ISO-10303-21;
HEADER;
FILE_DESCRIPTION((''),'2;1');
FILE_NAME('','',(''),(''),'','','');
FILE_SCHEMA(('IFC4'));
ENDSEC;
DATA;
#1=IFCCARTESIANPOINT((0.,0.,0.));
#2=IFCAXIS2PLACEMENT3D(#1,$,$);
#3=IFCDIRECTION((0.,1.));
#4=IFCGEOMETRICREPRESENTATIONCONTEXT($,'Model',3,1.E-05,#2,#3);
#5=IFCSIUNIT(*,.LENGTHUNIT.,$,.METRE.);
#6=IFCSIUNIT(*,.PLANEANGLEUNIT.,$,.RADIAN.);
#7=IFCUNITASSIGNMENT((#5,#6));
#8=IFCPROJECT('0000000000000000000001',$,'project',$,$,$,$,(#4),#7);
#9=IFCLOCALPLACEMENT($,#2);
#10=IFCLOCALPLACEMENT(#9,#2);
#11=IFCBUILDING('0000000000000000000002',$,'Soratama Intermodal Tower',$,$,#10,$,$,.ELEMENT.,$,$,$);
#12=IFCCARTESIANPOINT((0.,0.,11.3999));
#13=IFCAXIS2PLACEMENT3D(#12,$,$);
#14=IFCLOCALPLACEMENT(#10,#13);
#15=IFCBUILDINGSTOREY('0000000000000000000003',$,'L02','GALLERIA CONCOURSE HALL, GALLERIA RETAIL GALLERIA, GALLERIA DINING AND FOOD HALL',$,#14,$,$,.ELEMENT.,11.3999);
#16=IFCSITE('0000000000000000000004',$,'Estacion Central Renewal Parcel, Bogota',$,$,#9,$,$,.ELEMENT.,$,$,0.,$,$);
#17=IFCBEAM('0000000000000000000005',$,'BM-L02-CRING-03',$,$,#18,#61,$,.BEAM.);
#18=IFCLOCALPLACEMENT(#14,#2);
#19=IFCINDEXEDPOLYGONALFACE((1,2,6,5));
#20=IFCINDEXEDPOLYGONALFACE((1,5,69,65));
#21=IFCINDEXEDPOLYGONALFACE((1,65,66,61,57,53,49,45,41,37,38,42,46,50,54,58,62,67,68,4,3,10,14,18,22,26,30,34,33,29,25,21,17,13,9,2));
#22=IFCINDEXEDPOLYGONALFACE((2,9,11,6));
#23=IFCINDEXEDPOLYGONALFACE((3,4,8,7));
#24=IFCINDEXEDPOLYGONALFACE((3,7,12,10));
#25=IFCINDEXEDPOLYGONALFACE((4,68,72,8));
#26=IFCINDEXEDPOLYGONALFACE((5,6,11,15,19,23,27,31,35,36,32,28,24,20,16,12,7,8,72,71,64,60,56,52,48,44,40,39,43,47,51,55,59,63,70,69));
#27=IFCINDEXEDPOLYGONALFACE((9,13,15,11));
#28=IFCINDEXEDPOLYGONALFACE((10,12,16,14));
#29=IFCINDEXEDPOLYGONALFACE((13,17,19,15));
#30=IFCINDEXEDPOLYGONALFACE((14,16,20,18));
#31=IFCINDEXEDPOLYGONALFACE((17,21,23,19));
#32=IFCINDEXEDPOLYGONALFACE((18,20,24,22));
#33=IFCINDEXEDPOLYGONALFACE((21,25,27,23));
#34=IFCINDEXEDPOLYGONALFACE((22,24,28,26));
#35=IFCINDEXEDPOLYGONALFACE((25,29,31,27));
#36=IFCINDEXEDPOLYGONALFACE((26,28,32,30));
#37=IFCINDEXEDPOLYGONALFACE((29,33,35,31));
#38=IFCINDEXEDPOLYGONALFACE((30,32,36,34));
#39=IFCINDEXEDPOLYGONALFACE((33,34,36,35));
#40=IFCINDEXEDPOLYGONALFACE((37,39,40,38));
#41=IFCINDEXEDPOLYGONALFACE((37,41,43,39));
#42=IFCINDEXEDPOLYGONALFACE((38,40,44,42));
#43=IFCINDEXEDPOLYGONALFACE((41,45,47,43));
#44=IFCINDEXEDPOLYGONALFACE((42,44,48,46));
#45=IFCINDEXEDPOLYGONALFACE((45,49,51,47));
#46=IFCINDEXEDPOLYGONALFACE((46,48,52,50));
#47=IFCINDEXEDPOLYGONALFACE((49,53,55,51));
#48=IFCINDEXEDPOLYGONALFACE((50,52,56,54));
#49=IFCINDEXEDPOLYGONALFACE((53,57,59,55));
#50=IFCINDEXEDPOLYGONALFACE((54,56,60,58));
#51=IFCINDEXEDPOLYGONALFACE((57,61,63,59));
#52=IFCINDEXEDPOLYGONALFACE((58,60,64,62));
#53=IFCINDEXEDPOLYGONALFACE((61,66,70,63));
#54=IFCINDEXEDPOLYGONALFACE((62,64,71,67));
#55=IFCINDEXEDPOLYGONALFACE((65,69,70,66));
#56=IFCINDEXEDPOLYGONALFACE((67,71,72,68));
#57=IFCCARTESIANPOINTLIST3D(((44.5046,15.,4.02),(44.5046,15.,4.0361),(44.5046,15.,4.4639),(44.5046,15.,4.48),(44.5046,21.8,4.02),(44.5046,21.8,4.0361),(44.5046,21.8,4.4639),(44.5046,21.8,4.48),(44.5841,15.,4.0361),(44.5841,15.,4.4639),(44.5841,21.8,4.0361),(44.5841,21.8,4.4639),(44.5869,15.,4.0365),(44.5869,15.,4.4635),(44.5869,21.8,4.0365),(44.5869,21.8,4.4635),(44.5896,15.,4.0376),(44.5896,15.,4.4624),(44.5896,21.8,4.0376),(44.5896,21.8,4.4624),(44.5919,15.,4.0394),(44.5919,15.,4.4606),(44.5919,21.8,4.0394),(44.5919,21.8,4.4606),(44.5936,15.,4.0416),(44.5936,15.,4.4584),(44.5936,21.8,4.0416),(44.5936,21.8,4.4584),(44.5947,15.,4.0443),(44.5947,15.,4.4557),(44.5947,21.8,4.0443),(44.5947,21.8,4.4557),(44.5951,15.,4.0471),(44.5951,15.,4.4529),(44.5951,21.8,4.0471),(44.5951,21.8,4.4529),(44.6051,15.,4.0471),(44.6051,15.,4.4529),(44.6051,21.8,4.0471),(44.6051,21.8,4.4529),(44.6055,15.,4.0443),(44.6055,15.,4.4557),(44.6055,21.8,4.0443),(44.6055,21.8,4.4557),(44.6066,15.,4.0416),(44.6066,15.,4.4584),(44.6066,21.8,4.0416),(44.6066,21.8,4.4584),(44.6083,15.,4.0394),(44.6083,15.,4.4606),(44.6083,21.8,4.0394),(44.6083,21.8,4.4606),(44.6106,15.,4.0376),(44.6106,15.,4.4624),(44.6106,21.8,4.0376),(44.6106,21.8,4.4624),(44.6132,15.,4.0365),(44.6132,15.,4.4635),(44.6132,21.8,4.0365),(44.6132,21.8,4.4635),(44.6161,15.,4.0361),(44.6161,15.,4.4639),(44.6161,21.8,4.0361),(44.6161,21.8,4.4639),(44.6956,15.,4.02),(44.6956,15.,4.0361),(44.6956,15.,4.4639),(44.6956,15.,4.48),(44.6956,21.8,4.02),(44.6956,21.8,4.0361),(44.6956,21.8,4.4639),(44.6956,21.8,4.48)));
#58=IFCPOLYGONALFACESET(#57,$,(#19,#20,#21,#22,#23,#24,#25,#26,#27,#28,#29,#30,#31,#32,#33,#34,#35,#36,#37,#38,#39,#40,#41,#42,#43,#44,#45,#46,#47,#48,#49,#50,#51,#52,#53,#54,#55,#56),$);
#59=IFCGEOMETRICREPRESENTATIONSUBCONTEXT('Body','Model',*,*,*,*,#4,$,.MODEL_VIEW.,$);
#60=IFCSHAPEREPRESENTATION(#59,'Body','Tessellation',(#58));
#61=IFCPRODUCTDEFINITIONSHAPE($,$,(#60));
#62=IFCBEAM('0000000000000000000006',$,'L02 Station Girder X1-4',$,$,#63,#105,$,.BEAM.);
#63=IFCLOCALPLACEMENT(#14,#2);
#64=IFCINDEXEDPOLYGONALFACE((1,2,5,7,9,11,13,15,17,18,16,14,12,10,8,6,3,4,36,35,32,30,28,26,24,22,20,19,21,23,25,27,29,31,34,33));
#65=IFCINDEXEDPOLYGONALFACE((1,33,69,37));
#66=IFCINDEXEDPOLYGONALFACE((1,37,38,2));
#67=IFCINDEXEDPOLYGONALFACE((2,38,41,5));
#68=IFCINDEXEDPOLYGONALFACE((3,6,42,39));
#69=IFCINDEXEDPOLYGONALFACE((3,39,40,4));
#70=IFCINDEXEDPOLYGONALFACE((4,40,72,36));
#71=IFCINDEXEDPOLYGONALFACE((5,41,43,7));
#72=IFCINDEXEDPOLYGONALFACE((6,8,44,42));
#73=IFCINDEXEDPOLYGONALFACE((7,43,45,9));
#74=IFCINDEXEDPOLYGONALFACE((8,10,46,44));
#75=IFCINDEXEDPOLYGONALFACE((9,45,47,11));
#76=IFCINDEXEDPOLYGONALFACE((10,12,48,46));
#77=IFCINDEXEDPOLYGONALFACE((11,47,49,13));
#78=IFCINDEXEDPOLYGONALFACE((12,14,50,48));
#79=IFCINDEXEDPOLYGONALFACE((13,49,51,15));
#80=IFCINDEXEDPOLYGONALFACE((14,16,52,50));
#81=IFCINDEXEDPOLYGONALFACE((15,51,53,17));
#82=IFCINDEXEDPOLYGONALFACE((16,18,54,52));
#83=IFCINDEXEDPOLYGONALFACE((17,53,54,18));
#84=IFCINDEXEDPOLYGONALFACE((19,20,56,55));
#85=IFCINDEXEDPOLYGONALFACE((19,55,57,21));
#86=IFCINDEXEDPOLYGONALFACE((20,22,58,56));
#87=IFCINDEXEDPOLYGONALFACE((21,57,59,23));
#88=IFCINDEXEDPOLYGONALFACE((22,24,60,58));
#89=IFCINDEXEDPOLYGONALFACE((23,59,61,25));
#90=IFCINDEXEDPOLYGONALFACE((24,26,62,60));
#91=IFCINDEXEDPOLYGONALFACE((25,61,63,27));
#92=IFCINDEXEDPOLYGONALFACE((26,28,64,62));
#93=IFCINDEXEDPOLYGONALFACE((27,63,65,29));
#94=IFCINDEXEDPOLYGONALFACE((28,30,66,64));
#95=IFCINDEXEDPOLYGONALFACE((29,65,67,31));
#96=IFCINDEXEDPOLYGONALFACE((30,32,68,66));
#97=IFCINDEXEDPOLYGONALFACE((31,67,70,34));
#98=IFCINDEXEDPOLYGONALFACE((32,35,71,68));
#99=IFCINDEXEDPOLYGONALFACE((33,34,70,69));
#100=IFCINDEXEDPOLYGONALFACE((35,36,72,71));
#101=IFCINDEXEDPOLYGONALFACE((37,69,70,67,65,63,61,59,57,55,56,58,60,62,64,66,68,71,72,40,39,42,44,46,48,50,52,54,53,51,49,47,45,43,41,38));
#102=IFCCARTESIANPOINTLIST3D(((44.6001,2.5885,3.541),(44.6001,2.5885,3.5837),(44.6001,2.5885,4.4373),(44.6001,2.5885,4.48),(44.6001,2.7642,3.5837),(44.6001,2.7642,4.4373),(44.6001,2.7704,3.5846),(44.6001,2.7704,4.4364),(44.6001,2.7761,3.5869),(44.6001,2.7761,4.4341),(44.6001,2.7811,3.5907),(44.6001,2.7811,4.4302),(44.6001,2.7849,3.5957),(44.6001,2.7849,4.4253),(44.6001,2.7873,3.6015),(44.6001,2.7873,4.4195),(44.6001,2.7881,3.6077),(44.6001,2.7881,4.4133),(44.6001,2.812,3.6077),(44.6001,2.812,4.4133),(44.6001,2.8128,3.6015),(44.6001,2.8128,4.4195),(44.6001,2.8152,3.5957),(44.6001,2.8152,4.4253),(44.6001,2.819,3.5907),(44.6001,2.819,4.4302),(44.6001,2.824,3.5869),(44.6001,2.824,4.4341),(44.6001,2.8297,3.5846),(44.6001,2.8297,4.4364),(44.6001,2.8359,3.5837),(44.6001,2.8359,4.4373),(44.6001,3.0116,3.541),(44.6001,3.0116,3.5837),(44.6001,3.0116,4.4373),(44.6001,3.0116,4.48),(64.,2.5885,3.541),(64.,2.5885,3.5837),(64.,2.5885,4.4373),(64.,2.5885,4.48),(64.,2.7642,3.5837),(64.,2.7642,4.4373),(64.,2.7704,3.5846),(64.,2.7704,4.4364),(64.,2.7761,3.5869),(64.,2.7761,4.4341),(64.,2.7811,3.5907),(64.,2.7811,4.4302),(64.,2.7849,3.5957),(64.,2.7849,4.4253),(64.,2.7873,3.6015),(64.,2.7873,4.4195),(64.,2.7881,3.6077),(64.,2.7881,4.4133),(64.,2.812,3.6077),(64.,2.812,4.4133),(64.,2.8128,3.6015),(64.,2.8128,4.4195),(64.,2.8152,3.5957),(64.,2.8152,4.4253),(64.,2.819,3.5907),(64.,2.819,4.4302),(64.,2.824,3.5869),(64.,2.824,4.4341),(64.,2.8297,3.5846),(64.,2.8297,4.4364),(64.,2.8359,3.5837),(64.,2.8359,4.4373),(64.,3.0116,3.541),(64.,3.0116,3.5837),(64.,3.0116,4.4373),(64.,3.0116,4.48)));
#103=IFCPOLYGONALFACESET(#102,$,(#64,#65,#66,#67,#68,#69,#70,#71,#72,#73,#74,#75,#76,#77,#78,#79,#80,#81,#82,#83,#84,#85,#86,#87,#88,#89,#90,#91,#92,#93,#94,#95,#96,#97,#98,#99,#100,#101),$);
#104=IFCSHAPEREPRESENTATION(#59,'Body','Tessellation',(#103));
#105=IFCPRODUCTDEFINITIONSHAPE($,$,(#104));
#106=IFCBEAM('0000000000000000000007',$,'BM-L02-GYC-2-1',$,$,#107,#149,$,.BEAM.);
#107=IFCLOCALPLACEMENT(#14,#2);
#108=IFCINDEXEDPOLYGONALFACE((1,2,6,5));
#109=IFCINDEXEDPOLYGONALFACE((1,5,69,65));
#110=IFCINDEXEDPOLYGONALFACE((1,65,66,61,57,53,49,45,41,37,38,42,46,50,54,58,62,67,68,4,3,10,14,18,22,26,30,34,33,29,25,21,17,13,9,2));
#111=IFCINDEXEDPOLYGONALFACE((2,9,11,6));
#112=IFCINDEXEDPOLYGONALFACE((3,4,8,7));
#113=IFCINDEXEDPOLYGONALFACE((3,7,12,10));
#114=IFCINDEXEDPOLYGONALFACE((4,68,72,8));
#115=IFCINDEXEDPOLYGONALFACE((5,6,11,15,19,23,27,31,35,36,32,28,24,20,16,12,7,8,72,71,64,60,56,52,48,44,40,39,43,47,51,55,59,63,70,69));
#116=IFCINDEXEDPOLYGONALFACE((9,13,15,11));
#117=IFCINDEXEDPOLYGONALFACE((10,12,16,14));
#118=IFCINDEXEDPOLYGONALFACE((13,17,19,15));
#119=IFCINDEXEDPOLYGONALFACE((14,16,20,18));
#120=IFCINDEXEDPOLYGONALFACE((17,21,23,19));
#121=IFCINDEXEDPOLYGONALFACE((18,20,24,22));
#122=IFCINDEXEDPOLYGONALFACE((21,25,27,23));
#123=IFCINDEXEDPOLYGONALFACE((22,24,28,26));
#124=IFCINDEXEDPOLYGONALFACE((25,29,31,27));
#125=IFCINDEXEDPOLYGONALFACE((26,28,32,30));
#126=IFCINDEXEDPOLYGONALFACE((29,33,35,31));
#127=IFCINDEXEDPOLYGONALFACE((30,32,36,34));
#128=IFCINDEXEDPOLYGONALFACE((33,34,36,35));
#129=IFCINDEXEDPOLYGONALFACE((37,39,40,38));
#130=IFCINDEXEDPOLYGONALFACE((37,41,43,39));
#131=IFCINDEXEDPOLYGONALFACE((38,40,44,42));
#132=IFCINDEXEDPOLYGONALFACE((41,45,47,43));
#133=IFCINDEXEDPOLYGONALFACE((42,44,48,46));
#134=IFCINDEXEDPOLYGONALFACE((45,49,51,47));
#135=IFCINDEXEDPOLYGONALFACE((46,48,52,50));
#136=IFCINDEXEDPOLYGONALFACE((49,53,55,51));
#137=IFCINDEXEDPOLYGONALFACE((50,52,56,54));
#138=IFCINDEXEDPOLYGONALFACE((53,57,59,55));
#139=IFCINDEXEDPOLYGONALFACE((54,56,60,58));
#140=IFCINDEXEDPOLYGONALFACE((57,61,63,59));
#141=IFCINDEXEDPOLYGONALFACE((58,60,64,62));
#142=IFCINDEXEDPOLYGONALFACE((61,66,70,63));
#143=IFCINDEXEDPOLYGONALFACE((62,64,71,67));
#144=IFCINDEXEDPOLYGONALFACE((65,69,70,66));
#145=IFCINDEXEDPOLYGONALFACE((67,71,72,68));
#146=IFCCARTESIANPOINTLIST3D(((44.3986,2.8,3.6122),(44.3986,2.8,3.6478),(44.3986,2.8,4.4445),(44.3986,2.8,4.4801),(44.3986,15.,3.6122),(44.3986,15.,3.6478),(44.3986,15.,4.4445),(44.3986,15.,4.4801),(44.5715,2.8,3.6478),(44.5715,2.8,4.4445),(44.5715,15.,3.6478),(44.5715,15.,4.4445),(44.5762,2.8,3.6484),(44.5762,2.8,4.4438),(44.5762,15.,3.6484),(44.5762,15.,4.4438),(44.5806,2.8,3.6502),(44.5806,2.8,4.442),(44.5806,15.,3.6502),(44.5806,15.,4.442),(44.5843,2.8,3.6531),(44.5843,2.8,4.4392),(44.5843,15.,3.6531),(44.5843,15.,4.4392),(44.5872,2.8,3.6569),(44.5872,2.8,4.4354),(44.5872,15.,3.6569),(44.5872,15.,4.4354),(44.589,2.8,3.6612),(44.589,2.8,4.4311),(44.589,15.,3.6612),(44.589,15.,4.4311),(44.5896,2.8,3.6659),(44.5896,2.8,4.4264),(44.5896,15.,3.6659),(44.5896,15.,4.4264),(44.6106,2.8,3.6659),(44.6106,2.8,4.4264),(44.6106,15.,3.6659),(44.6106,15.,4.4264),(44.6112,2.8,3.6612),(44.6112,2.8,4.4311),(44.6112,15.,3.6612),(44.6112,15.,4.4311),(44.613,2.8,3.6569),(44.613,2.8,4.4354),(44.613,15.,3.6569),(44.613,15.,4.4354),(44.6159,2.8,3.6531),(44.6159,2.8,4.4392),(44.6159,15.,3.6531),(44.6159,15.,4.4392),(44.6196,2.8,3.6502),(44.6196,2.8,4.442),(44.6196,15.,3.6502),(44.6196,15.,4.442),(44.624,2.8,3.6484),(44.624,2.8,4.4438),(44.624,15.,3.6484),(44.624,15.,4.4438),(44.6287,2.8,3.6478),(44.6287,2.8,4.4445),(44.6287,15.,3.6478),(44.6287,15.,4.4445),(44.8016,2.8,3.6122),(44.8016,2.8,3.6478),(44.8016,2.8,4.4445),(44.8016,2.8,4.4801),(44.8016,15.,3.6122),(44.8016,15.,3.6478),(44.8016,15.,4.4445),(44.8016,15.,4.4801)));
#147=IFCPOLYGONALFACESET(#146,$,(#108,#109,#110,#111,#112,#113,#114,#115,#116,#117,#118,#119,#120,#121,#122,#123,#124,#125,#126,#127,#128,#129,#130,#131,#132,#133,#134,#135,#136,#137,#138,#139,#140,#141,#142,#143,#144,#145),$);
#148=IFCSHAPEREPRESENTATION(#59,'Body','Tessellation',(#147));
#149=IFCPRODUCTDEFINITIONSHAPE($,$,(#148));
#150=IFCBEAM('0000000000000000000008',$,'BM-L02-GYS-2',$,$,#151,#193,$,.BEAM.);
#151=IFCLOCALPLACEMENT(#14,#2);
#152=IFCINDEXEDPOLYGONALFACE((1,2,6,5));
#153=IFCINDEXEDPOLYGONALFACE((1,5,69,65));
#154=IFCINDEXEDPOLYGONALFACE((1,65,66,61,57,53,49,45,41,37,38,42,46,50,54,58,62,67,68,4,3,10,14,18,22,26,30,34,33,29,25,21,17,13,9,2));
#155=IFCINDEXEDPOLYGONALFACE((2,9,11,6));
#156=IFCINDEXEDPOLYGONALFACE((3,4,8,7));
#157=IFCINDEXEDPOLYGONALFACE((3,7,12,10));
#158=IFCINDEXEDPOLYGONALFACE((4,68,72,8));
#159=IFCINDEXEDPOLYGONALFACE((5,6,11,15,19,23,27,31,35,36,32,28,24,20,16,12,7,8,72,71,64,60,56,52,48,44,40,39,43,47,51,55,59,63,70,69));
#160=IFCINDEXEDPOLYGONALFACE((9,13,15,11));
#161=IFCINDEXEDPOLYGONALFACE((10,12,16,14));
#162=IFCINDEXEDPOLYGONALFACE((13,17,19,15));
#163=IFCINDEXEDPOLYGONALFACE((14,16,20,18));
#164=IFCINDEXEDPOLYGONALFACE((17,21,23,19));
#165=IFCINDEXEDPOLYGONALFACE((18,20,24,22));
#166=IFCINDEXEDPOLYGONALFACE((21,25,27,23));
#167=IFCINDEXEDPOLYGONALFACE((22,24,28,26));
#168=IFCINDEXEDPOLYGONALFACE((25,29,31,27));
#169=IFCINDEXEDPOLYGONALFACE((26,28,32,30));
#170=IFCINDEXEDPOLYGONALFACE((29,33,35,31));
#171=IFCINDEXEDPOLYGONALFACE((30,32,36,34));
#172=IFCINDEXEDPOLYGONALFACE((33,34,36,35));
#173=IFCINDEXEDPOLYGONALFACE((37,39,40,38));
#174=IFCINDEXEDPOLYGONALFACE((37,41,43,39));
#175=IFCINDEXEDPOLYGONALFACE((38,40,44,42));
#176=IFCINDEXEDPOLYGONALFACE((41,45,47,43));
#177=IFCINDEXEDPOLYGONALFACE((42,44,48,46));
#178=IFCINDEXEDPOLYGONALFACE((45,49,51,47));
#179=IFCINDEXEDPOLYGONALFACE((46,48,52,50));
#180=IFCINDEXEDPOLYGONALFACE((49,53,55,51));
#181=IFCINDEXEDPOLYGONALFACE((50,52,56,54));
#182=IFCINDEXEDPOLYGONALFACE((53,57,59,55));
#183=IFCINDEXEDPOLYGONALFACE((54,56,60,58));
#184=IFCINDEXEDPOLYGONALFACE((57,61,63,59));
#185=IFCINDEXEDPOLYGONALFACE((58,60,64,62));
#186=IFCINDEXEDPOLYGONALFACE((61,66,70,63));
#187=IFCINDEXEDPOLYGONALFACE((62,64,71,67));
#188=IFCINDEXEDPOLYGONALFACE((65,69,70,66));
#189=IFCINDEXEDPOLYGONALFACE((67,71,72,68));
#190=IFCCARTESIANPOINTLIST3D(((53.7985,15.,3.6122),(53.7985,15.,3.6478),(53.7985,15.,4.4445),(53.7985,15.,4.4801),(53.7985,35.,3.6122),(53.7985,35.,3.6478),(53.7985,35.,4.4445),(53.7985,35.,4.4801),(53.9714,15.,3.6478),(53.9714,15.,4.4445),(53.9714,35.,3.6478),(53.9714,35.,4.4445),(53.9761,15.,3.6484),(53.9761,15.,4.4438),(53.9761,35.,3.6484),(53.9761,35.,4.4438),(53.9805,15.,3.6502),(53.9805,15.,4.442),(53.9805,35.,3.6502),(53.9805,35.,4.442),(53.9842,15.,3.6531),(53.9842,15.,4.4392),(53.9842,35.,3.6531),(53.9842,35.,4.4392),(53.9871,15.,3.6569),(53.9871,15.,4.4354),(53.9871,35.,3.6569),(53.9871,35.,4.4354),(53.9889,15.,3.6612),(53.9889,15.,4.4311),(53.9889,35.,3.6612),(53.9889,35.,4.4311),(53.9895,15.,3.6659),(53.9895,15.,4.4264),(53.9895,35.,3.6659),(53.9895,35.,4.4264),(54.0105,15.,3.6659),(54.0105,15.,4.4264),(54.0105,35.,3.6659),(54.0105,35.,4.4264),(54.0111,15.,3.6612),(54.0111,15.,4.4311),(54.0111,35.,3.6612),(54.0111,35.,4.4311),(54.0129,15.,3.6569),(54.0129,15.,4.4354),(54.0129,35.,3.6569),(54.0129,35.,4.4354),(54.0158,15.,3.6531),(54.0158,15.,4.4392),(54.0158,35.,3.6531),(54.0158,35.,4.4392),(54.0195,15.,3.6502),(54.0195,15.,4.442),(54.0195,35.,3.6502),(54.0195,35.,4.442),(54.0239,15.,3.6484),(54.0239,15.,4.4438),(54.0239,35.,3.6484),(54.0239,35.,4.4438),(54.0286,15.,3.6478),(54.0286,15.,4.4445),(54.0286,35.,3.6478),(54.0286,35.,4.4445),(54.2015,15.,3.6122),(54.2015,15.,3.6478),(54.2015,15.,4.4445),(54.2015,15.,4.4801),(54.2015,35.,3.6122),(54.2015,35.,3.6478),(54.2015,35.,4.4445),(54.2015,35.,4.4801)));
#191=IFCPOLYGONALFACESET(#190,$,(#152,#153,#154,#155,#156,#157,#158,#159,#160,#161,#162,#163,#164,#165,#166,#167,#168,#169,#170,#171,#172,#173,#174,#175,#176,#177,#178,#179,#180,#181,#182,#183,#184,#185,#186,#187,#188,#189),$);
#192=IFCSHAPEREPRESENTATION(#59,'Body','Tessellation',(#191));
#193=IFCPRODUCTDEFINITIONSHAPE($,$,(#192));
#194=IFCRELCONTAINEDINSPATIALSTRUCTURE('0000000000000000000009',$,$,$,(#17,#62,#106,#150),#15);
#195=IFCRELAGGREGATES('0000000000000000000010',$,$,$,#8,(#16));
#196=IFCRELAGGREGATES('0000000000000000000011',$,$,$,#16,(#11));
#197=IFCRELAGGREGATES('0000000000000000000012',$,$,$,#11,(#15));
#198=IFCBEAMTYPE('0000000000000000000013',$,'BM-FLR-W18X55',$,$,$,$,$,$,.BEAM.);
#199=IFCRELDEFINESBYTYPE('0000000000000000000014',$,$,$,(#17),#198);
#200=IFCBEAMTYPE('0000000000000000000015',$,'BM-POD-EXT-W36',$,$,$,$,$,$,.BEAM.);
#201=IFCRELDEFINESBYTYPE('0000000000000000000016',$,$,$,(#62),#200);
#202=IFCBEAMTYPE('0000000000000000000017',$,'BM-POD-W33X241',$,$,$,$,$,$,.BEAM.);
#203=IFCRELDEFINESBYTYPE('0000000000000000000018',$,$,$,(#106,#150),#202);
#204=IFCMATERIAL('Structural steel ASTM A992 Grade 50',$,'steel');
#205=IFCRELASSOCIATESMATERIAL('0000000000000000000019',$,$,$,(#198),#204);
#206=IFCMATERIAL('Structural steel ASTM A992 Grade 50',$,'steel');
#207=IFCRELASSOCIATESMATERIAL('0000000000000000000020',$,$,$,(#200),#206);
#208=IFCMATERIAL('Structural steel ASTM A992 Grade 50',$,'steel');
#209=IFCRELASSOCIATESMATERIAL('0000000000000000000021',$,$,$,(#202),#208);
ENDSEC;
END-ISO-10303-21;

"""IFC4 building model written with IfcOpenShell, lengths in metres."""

from ifc_helpers import new_model, si_unit, direction, frame, origin, origin_2d, place, context, subcontext, project, spatial, i_section, extrude, material, material_profile, profile_set, type_object, element, save


model = new_model("IFC4")

# Units and contexts
model_context = context("Model", 3, precision=1e-05, world=origin(), true_north=direction((0.0, 1.0)))
body_context = subcontext(model_context, "Body", "Model", "MODEL_VIEW")
ifc_project = project(units=[si_unit("LENGTHUNIT", "METRE"), si_unit("PLANEANGLEUNIT", "RADIAN")], contexts=[model_context])

# Site, building, storey
site_placement = place(None, origin())
site = spatial("IfcSite", under=ifc_project, at=site_placement, Name="Estacion Central Renewal Parcel, Bogota", CompositionType="ELEMENT", RefElevation=0.0)
building_placement = place(site_placement, origin())
building = spatial("IfcBuilding", under=site, at=building_placement, Name="Soratama Intermodal Tower", CompositionType="ELEMENT")
storey_placement = place(building_placement, frame((0.0, 0.0, 11.3999)))
storey = spatial("IfcBuildingStorey", under=building, at=storey_placement, Name="L02", Description="GALLERIA CONCOURSE HALL, GALLERIA RETAIL GALLERIA, GALLERIA DINING AND FOOD HALL", CompositionType="ELEMENT", Elevation=11.3999)

# Beams
ifc_material_1 = material(Name="Structural steel ASTM A992 Grade 50", Category="steel")
ifc_material_profile_1 = material_profile(ifc_material_1, i_section(OverallWidth=0.1909, OverallDepth=0.46, WebThickness=0.01, FlangeThickness=0.0161, FilletRadius=0.011, at=origin_2d()), Name="W18X55")
ifc_profile_set_1 = profile_set([ifc_material_profile_1], Name="Structural steel ASTM A992 Grade 50")
beam_type_1 = type_object("IfcBeamType", Name="BM-FLR-W18X55", PredefinedType="BEAM", material=ifc_profile_set_1)
beam_1_placement = place(storey_placement, frame((44.6001, 15.0, 4.25), z_axis=(0.0, 1.0, 0.0), x_axis=(-1.0, 0.0, 0.0)))
element("IfcBeam", 1, at=beam_1_placement, inside=storey, type_object=beam_type_1, Name="BM-L02-CRING-03", PredefinedType="BEAM", context=body_context, shape_type="SweptSolid", body=[
    extrude(i_section(OverallWidth=0.1909, OverallDepth=0.46, WebThickness=0.01, FlangeThickness=0.0161, FilletRadius=0.011, at=origin_2d()), origin(), (0.0, 0.0, 1.0), 6.8),
])
ifc_material_2 = material(Name="Structural steel ASTM A992 Grade 50", Category="steel")
ifc_material_profile_2 = material_profile(ifc_material_2, i_section(OverallWidth=0.4231, OverallDepth=0.939, WebThickness=0.0239, FlangeThickness=0.0427, FilletRadius=0.0239, at=origin_2d()), Name="W36X302")
ifc_profile_set_2 = profile_set([ifc_material_profile_2], Name="Structural steel ASTM A992 Grade 50")
beam_type_2 = type_object("IfcBeamType", Name="BM-POD-EXT-W36", PredefinedType="BEAM", material=ifc_profile_set_2)
beam_2_placement = place(storey_placement, frame((44.6001, 2.8, 4.0105), z_axis=(1.0, 0.0, 0.0), x_axis=(0.0, 1.0, 0.0)))
element("IfcBeam", 2, at=beam_2_placement, inside=storey, type_object=beam_type_2, Name="L02 Station Girder X1-4", PredefinedType="BEAM", context=body_context, shape_type="SweptSolid", body=[
    extrude(i_section(OverallWidth=0.4231, OverallDepth=0.939, WebThickness=0.0239, FlangeThickness=0.0427, FilletRadius=0.0239, at=origin_2d()), origin(), (0.0, 0.0, 1.0), 19.3999),
])
ifc_material_3 = material(Name="Structural steel ASTM A992 Grade 50", Category="steel")
ifc_material_profile_3 = material_profile(ifc_material_3, i_section(OverallWidth=0.4031, OverallDepth=0.8679, WebThickness=0.021, FlangeThickness=0.0356, FilletRadius=0.0181, at=origin_2d()), Name="W33X241")
ifc_profile_set_3 = profile_set([ifc_material_profile_3], Name="Structural steel ASTM A992 Grade 50")
beam_type_3 = type_object("IfcBeamType", Name="BM-POD-W33X241", PredefinedType="BEAM", material=ifc_profile_set_3)
beam_3_placement = place(storey_placement, frame((44.6001, 2.8, 4.0461), z_axis=(0.0, 1.0, 0.0), x_axis=(-1.0, 0.0, 0.0)))
element("IfcBeam", 3, at=beam_3_placement, inside=storey, type_object=beam_type_3, Name="BM-L02-GYC-2-1", PredefinedType="BEAM", context=body_context, shape_type="SweptSolid", body=[
    extrude(i_section(OverallWidth=0.4031, OverallDepth=0.8679, WebThickness=0.021, FlangeThickness=0.0356, FilletRadius=0.0181, at=origin_2d()), origin(), (0.0, 0.0, 1.0), 12.2),
])
beam_4_placement = place(storey_placement, frame((54.0, 15.0, 4.0461), z_axis=(0.0, 1.0, 0.0), x_axis=(-1.0, 0.0, 0.0)))
element("IfcBeam", 4, at=beam_4_placement, inside=storey, type_object=beam_type_3, Name="BM-L02-GYS-2", PredefinedType="BEAM", context=body_context, shape_type="SweptSolid", body=[
    extrude(i_section(OverallWidth=0.4031, OverallDepth=0.8679, WebThickness=0.021, FlangeThickness=0.0356, FilletRadius=0.0181, at=origin_2d()), origin(), (0.0, 0.0, 1.0), 20.0),
])

save(model, "model.ifc")
